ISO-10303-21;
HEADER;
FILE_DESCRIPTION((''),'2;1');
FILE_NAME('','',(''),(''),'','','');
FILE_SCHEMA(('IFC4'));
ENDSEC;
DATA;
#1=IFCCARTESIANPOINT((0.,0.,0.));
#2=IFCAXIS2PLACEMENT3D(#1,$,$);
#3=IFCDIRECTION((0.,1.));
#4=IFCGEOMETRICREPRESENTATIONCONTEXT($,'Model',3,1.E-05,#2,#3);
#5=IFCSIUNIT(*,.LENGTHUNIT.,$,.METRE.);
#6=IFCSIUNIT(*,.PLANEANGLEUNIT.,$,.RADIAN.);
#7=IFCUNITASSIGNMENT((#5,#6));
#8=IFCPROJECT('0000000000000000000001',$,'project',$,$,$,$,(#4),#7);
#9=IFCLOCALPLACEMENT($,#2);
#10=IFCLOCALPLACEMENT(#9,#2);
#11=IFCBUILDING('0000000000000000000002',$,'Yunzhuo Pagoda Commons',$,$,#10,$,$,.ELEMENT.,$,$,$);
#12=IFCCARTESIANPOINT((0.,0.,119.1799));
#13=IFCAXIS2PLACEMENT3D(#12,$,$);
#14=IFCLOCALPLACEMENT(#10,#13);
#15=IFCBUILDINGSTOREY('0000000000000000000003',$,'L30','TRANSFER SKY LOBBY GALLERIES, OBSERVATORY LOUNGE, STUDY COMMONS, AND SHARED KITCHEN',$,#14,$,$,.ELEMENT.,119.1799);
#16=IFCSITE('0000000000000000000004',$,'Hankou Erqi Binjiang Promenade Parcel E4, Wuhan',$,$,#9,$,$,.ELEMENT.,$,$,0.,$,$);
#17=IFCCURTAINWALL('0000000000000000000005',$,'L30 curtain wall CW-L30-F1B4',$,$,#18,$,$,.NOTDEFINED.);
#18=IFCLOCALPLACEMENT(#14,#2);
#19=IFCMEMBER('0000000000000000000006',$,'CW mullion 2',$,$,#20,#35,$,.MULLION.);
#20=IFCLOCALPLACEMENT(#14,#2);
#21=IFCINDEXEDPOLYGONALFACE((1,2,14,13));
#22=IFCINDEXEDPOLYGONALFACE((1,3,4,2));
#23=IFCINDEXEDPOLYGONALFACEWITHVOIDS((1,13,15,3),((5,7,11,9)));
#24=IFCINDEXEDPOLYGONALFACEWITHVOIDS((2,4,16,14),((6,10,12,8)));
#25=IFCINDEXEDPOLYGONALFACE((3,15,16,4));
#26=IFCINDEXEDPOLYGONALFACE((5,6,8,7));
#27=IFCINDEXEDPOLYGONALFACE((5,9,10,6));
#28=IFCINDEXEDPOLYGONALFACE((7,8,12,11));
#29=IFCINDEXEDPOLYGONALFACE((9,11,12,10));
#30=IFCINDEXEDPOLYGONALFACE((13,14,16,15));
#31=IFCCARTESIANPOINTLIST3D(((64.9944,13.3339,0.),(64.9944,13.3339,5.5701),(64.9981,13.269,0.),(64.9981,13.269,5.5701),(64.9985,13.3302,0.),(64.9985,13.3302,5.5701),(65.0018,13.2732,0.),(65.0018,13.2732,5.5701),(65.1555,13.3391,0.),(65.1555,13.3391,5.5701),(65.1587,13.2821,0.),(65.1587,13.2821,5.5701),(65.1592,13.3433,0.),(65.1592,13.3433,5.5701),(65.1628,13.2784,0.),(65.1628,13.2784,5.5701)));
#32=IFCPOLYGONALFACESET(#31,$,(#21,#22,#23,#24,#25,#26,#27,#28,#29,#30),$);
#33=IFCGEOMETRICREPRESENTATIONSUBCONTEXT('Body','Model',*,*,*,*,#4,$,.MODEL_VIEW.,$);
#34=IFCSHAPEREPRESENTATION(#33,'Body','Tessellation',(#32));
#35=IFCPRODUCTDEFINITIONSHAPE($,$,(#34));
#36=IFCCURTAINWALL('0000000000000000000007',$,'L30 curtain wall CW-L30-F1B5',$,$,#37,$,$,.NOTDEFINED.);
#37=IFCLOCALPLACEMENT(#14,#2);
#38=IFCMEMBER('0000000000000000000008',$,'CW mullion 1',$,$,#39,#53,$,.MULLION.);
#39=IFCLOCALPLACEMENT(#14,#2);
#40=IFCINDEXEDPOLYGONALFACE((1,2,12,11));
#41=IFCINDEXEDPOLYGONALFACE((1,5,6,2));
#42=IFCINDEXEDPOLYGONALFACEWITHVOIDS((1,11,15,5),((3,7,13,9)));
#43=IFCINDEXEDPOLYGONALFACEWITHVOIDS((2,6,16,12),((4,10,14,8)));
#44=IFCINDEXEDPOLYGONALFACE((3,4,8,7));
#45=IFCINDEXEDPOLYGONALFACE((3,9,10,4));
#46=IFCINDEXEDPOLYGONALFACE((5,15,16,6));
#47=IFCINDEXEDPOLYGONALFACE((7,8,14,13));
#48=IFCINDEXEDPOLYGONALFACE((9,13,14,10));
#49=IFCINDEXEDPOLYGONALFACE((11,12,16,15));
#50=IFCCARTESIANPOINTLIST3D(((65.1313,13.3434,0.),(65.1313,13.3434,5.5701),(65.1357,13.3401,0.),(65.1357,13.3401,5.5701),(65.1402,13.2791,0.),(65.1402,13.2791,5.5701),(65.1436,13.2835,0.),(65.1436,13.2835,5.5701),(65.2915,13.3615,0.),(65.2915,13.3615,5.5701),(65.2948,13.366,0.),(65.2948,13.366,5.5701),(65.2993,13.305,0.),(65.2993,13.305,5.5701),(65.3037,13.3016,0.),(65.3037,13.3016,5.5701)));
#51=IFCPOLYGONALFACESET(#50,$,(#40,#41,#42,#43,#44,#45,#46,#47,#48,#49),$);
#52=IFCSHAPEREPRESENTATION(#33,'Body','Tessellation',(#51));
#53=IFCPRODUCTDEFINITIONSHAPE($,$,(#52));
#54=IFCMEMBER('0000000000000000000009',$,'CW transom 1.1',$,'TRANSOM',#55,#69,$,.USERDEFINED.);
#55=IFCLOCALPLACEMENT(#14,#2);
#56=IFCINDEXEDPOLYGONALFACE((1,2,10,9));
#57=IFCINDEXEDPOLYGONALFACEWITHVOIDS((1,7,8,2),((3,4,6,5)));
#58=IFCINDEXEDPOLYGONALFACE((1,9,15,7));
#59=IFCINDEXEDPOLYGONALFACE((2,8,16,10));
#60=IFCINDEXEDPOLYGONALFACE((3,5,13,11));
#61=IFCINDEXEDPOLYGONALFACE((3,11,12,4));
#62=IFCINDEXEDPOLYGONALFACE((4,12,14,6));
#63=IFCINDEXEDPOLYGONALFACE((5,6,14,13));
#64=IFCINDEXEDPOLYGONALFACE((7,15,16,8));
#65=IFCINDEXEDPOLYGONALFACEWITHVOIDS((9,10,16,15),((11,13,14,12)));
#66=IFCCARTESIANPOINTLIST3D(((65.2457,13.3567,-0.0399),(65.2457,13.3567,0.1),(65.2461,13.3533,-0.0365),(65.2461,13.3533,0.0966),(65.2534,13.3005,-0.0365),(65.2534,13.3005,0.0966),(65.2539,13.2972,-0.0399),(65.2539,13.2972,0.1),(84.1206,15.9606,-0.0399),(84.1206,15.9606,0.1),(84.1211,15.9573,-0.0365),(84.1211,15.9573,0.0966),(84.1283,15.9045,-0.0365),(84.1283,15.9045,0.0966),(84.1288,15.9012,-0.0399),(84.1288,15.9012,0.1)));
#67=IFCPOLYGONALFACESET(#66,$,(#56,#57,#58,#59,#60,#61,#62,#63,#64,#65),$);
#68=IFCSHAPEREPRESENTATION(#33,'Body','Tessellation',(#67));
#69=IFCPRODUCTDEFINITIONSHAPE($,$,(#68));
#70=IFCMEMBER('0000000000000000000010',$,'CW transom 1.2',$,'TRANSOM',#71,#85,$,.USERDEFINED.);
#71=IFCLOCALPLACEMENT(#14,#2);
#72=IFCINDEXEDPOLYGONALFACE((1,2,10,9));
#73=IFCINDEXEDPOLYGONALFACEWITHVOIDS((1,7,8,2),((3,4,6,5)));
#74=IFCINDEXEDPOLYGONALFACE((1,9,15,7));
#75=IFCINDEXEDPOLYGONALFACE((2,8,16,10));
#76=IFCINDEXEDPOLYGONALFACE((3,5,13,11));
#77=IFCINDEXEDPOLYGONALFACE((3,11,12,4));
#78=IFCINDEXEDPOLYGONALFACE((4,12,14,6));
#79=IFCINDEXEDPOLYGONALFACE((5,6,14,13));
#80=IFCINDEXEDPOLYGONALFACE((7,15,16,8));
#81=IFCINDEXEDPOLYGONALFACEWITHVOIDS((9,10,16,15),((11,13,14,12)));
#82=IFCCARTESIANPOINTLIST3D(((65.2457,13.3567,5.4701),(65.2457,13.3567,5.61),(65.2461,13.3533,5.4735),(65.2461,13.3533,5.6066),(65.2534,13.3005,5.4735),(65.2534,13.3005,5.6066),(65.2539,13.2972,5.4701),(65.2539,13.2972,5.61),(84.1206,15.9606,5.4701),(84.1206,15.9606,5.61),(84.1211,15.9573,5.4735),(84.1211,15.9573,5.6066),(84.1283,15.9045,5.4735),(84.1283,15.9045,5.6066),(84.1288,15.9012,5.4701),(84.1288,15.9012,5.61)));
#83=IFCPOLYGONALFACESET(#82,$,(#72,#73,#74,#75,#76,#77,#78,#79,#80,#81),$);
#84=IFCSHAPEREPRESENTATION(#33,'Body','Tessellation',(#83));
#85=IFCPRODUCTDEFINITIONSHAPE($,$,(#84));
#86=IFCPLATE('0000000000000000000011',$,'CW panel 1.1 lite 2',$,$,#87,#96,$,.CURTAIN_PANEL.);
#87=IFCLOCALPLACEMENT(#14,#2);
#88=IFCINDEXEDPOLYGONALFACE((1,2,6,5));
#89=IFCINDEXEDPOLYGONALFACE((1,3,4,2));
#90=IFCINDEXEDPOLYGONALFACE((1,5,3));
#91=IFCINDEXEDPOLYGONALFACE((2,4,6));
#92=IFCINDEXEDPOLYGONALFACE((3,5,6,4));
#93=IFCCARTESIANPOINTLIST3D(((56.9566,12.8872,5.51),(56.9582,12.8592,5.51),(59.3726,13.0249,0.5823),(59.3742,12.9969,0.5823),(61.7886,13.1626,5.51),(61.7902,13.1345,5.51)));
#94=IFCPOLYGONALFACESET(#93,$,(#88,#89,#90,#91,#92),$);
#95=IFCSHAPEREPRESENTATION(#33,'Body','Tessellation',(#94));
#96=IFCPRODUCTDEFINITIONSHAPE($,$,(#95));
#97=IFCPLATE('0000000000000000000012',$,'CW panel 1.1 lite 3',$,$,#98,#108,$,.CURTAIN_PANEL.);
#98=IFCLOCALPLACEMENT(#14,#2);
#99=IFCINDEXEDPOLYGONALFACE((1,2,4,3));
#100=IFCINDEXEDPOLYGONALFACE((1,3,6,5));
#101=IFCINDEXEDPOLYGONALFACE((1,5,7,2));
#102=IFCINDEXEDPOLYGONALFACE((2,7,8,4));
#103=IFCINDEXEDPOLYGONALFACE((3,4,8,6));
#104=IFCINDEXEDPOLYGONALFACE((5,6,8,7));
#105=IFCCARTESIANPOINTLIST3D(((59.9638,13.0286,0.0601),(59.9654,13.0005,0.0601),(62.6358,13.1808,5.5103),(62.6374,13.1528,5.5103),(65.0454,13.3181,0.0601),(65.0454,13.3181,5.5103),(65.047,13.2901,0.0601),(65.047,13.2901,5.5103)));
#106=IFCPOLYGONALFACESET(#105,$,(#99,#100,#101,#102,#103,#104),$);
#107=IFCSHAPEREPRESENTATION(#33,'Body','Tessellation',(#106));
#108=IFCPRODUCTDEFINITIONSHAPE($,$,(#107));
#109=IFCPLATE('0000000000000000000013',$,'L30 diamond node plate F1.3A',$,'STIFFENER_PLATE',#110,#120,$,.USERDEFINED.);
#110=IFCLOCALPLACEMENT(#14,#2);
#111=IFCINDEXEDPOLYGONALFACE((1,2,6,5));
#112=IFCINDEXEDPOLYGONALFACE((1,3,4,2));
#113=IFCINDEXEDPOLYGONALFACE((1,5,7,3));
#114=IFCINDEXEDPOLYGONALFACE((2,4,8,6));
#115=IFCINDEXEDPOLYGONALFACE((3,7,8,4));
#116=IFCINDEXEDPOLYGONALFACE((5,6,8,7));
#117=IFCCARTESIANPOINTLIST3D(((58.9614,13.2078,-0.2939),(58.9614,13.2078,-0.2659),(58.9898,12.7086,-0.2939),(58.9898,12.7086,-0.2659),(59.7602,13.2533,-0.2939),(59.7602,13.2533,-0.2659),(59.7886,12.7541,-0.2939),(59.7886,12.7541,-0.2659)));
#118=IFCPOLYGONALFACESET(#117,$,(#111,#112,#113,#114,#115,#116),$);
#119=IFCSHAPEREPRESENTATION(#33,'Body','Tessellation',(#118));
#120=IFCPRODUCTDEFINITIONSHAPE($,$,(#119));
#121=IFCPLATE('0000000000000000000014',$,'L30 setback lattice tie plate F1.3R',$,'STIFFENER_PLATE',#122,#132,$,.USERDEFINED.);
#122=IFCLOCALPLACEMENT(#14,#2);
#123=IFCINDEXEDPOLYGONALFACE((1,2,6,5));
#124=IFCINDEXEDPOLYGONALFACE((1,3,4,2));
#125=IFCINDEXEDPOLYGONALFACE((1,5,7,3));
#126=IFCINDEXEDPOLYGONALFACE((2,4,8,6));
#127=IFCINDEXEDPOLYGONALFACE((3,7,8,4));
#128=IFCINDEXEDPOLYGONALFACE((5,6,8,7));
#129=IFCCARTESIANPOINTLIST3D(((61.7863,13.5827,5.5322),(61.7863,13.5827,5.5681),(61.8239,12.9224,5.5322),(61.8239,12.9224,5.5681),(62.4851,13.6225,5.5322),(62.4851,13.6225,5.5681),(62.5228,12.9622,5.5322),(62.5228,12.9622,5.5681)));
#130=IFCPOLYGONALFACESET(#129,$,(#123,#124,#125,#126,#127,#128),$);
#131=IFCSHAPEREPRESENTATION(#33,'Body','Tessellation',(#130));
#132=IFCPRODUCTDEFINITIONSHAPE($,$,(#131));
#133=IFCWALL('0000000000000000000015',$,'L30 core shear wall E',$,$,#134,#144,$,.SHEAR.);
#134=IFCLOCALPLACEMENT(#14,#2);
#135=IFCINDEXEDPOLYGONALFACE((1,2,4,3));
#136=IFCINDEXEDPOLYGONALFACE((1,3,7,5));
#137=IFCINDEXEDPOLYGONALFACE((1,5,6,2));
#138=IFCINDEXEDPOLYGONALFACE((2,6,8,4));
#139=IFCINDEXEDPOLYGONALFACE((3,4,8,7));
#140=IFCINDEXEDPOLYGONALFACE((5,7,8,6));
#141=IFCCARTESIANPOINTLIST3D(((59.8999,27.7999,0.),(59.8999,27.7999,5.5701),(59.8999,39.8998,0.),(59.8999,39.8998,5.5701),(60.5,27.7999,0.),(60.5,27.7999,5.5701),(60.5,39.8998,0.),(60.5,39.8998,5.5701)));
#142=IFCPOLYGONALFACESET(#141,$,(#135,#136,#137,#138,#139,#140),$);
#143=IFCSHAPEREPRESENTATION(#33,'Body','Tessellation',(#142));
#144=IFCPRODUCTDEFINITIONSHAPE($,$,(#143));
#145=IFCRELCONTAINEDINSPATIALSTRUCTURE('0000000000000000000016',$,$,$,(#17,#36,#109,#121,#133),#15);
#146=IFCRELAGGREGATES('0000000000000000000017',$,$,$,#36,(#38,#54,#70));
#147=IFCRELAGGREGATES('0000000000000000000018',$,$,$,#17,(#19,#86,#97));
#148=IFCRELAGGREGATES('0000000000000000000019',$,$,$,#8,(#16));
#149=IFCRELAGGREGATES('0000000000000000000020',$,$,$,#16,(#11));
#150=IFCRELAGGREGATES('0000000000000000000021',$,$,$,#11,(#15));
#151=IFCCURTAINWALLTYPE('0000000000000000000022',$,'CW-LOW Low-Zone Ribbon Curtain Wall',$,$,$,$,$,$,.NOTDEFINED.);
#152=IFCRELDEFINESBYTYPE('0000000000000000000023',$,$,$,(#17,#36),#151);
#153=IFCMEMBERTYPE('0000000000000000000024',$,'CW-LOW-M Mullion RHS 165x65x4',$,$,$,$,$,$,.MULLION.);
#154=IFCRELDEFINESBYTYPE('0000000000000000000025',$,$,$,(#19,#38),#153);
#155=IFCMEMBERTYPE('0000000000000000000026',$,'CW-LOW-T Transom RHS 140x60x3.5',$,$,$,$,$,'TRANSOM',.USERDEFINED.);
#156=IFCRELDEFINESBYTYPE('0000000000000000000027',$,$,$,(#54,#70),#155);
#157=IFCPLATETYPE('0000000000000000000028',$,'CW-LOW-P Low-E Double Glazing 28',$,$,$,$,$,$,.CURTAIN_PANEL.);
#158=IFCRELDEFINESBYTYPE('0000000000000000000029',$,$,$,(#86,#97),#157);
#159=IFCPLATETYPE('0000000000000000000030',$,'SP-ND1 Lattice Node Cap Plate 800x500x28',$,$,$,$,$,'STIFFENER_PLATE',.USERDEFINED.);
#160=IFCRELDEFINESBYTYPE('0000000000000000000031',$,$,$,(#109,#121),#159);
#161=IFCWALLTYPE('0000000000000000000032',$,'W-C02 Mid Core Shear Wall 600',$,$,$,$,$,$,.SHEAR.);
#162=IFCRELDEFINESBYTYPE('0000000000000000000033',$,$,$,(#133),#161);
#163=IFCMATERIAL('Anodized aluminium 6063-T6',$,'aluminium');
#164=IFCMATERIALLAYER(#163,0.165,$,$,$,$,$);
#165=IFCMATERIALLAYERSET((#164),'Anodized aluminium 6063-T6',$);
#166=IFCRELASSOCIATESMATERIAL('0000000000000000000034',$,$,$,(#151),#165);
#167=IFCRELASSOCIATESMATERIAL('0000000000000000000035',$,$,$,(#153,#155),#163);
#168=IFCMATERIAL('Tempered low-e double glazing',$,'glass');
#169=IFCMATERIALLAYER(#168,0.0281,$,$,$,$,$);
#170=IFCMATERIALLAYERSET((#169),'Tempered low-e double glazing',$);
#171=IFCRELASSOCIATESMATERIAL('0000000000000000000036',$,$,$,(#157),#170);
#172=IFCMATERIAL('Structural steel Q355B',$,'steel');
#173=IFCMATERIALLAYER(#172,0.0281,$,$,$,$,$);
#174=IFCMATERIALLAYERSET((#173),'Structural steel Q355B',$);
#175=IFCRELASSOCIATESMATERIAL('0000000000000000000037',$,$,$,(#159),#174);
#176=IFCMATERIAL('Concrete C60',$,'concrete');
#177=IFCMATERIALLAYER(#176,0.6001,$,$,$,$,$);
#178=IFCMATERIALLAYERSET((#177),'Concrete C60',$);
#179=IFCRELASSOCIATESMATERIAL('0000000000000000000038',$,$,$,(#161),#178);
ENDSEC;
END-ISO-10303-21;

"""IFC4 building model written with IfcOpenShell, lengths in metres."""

from ifc_helpers import new_model, si_unit, direction, frame, frame_2d, origin, origin_2d, place, context, subcontext, project, spatial, polyline, rectangle, hollow_rectangle, outline, extrude, source, transform, mapped, material, layer, layer_set, material_profile, profile_set, type_object, element, aggregate, save


model = new_model("IFC4")

# Units and contexts
model_context = context("Model", 3, precision=1e-05, world=origin(), true_north=direction((0.0, 1.0)))
body_context = subcontext(model_context, "Body", "Model", "MODEL_VIEW")
ifc_project = project(units=[si_unit("LENGTHUNIT", "METRE"), si_unit("PLANEANGLEUNIT", "RADIAN")], contexts=[model_context])

# Site, building, storey
site_placement = place(None, origin())
site = spatial("IfcSite", under=ifc_project, at=site_placement, Name="Hankou Erqi Binjiang Promenade Parcel E4, Wuhan", CompositionType="ELEMENT", RefElevation=0.0)
building_placement = place(site_placement, origin())
building = spatial("IfcBuilding", under=site, at=building_placement, Name="Yunzhuo Pagoda Commons", CompositionType="ELEMENT")
storey_placement = place(building_placement, frame((0.0, 0.0, 119.1799)))
storey = spatial("IfcBuildingStorey", under=building, at=storey_placement, Name="L30", Description="TRANSFER SKY LOBBY GALLERIES, OBSERVATORY LOUNGE, STUDY COMMONS, AND SHARED KITCHEN", CompositionType="ELEMENT", Elevation=119.1799)

# Shared definitions
ifc_material_1 = material(Name="Structural steel Q355B", Category="steel")

# Curtain wall, member
ifc_material_2 = material(Name="Anodized aluminium 6063-T6", Category="aluminium")
ifc_layer_1 = layer(ifc_material_2, 0.165)
ifc_layer_set_1 = layer_set([ifc_layer_1], Name="Anodized aluminium 6063-T6")
curtain_wall_type = type_object("IfcCurtainWallType", Name="CW-LOW Low-Zone Ribbon Curtain Wall", PredefinedType="NOTDEFINED", material=ifc_layer_set_1)
curtain_wall_1_placement = place(storey_placement, origin())
curtain_wall_1 = element("IfcCurtainWall", 1, at=curtain_wall_1_placement, inside=storey, type_object=curtain_wall_type, Name="L30 curtain wall CW-L30-F1B4", PredefinedType="NOTDEFINED")
ifc_material_profile_1 = material_profile(ifc_material_2, hollow_rectangle(XDim=0.0649, YDim=0.165, WallThickness=0.0039, at=origin_2d()), Name="Anodized aluminium 6063-T6")
ifc_profile_set_1 = profile_set([ifc_material_profile_1], Name="Anodized aluminium 6063-T6")
member_type_1 = type_object("IfcMemberType", Name="CW-LOW-M Mullion RHS 165x65x4", PredefinedType="MULLION", material=ifc_profile_set_1)
shared_shape_1 = source(origin(), body_context, "Body", "SweptSolid", [
    extrude(hollow_rectangle(XDim=0.0649, YDim=0.165, WallThickness=0.0039, at=origin_2d()), origin(), (0.0, 0.0, 1.0), 5.5701),
])
member_1_placement = place(storey_placement, frame((65.0786, 13.3062, 0.0), z_axis=(0.0, 0.0, 1.0), x_axis=(-0.056891, 0.99838, 0.0)))
member_1 = element("IfcMember", 2, at=member_1_placement, type_object=member_type_1, Name="CW mullion 2", PredefinedType="MULLION", context=body_context, shape_type="MappedRepresentation", body=[
    mapped(shared_shape_1, transform((0.0, 0.0, 0.0), scale=1.0)),
])

# Curtain wall, members
curtain_wall_2_placement = place(storey_placement, origin())
curtain_wall_2 = element("IfcCurtainWall", 3, at=curtain_wall_2_placement, inside=storey, type_object=curtain_wall_type, Name="L30 curtain wall CW-L30-F1B5", PredefinedType="NOTDEFINED")
member_2_placement = place(storey_placement, frame((65.2175, 13.3225, 0.0), z_axis=(0.0, 0.0, 1.0), x_axis=(-0.136657, 0.990618, 0.0)))
member_2 = element("IfcMember", 4, at=member_2_placement, type_object=member_type_1, Name="CW mullion 1", PredefinedType="MULLION", context=body_context, shape_type="MappedRepresentation", body=[
    mapped(shared_shape_1, transform((0.0, 0.0, 0.0), scale=1.0)),
])
ifc_material_profile_2 = material_profile(ifc_material_2, hollow_rectangle(XDim=0.0601, YDim=0.1399, WallThickness=0.0034, at=origin_2d()), Name="Anodized aluminium 6063-T6")
ifc_profile_set_2 = profile_set([ifc_material_profile_2], Name="Anodized aluminium 6063-T6")
member_type_2 = type_object("IfcMemberType", Name="CW-LOW-T Transom RHS 140x60x3.5", ElementType="TRANSOM", PredefinedType="USERDEFINED", material=ifc_profile_set_2)
shared_shape_2 = source(origin(), body_context, "Body", "SweptSolid", [
    extrude(hollow_rectangle(XDim=0.0601, YDim=0.1399, WallThickness=0.0034, at=origin_2d()), origin(), (0.0, 0.0, 1.0), 19.0537),
])
member_3_placement = place(storey_placement, frame((65.2498, 13.3269, 0.03), z_axis=(0.990617, 0.136666, 0.0), x_axis=(-0.136666, 0.990617, 0.0)))
member_3 = element("IfcMember", 5, at=member_3_placement, type_object=member_type_2, Name="CW transom 1.1", ObjectType="TRANSOM", PredefinedType="USERDEFINED", context=body_context, shape_type="MappedRepresentation", body=[
    mapped(shared_shape_2, transform((0.0, 0.0, 0.0), scale=1.0)),
])
member_4_placement = place(storey_placement, frame((65.2498, 13.3269, 5.54), z_axis=(0.990617, 0.136666, 0.0), x_axis=(-0.136666, 0.990617, 0.0)))
member_4 = element("IfcMember", 6, at=member_4_placement, type_object=member_type_2, Name="CW transom 1.2", ObjectType="TRANSOM", PredefinedType="USERDEFINED", context=body_context, shape_type="MappedRepresentation", body=[
    mapped(shared_shape_2, transform((0.0, 0.0, 0.0), scale=1.0)),
])
aggregate(curtain_wall_2, [member_2, member_3, member_4])

# Plates
ifc_material_3 = material(Name="Tempered low-e double glazing", Category="glass")
ifc_layer_2 = layer(ifc_material_3, 0.0281)
ifc_layer_set_2 = layer_set([ifc_layer_2], Name="Tempered low-e double glazing")
plate_type_1 = type_object("IfcPlateType", Name="CW-LOW-P Low-E Double Glazing 28", PredefinedType="CURTAIN_PANEL", material=ifc_layer_set_2)
plate_1_placement = place(storey_placement, frame((59.3726, 13.0249, 3.0461), z_axis=(0.056891, -0.99838, 0.0), x_axis=(0.99838, 0.056891, 0.0)))
plate_1 = element("IfcPlate", 7, at=plate_1_placement, type_object=plate_type_1, Name="CW panel 1.1 lite 2", PredefinedType="CURTAIN_PANEL", context=body_context, shape_type="SweptSolid", body=[
    extrude(outline(polyline([(-2.4199, 2.4639), (0.0, -2.4639), (2.4199, 2.4639), (-2.4199, 2.4639)])), origin(), (0.0, 0.0, 1.0), 0.0281),
])
plate_2_placement = place(storey_placement, frame((62.5046, 13.1733, 2.7852), z_axis=(0.056891, -0.99838, 0.0), x_axis=(0.99838, 0.056891, 0.0)))
plate_2 = element("IfcPlate", 8, at=plate_2_placement, type_object=plate_type_1, Name="CW panel 1.1 lite 3", PredefinedType="CURTAIN_PANEL", context=body_context, shape_type="SweptSolid", body=[
    extrude(outline(polyline([(-2.5449, -2.7251), (2.5449, -2.7251), (2.5449, 2.7251), (0.1313, 2.7251), (-2.5449, -2.7251)])), origin(), (0.0, 0.0, 1.0), 0.0281),
])
aggregate(curtain_wall_1, [member_1, plate_1, plate_2])

# Plates
ifc_layer_3 = layer(ifc_material_1, 0.0281)
ifc_layer_set_3 = layer_set([ifc_layer_3], Name="Structural steel Q355B")
plate_type_2 = type_object("IfcPlateType", Name="SP-ND1 Lattice Node Cap Plate 800x500x28", ElementType="STIFFENER_PLATE", PredefinedType="USERDEFINED", material=ifc_layer_set_3)
shared_shape_3 = source(origin(), body_context, "Body", "SweptSolid", [
    extrude(rectangle(XDim=0.8, YDim=0.5, at=origin_2d()), origin(), (0.0, 0.0, 1.0), 0.0281),
])
plate_3_placement = place(storey_placement, frame((59.375, 12.981, -0.2939), z_axis=(0.0, 0.0, 1.0), x_axis=(0.998381, 0.056884, 0.0)))
element("IfcPlate", 9, at=plate_3_placement, inside=storey, type_object=plate_type_2, Name="L30 diamond node plate F1.3A", ObjectType="STIFFENER_PLATE", PredefinedType="USERDEFINED", context=body_context, shape_type="MappedRepresentation", body=[
    mapped(shared_shape_3, transform((0.0, 0.0, 0.0), scale=1.0)),
])
shared_shape_4 = source(origin(), body_context, "Body", "SweptSolid", [
    extrude(rectangle(XDim=0.7, YDim=0.6614, at=origin_2d()), origin(), (0.0, 0.0, 1.0), 0.0359),
])
plate_4_placement = place(storey_placement, frame((62.1545, 13.2725, 5.5322), z_axis=(0.0, 0.0, 1.0), x_axis=(0.998381, 0.056884, 0.0)))
element("IfcPlate", 10, at=plate_4_placement, inside=storey, type_object=plate_type_2, Name="L30 setback lattice tie plate F1.3R", ObjectType="STIFFENER_PLATE", PredefinedType="USERDEFINED", context=body_context, shape_type="MappedRepresentation", body=[
    mapped(shared_shape_4, transform((0.0, 0.0, 0.0), scale=1.0)),
])

# Wall
ifc_material_4 = material(Name="Concrete C60", Category="concrete")
ifc_layer_4 = layer(ifc_material_4, 0.6001)
ifc_layer_set_4 = layer_set([ifc_layer_4], Name="Concrete C60")
wall_type_1 = type_object("IfcWallType", Name="W-C02 Mid Core Shear Wall 600", PredefinedType="SHEAR", material=ifc_layer_set_4)
wall_1_placement = place(storey_placement, frame((60.2, 27.8, 0.0), z_axis=(0.0, 0.0, 1.0), x_axis=(0.0, 1.0, 0.0)))
element("IfcWall", 11, at=wall_1_placement, inside=storey, type_object=wall_type_1, Name="L30 core shear wall E", PredefinedType="SHEAR", context=body_context, shape_type="SweptSolid", body=[
    extrude(rectangle(XDim=12.0999, YDim=0.6001, at=frame_2d((6.0498, 0.0))), origin(), (0.0, 0.0, 1.0), 5.5701),
])

save(model, "model.ifc")
